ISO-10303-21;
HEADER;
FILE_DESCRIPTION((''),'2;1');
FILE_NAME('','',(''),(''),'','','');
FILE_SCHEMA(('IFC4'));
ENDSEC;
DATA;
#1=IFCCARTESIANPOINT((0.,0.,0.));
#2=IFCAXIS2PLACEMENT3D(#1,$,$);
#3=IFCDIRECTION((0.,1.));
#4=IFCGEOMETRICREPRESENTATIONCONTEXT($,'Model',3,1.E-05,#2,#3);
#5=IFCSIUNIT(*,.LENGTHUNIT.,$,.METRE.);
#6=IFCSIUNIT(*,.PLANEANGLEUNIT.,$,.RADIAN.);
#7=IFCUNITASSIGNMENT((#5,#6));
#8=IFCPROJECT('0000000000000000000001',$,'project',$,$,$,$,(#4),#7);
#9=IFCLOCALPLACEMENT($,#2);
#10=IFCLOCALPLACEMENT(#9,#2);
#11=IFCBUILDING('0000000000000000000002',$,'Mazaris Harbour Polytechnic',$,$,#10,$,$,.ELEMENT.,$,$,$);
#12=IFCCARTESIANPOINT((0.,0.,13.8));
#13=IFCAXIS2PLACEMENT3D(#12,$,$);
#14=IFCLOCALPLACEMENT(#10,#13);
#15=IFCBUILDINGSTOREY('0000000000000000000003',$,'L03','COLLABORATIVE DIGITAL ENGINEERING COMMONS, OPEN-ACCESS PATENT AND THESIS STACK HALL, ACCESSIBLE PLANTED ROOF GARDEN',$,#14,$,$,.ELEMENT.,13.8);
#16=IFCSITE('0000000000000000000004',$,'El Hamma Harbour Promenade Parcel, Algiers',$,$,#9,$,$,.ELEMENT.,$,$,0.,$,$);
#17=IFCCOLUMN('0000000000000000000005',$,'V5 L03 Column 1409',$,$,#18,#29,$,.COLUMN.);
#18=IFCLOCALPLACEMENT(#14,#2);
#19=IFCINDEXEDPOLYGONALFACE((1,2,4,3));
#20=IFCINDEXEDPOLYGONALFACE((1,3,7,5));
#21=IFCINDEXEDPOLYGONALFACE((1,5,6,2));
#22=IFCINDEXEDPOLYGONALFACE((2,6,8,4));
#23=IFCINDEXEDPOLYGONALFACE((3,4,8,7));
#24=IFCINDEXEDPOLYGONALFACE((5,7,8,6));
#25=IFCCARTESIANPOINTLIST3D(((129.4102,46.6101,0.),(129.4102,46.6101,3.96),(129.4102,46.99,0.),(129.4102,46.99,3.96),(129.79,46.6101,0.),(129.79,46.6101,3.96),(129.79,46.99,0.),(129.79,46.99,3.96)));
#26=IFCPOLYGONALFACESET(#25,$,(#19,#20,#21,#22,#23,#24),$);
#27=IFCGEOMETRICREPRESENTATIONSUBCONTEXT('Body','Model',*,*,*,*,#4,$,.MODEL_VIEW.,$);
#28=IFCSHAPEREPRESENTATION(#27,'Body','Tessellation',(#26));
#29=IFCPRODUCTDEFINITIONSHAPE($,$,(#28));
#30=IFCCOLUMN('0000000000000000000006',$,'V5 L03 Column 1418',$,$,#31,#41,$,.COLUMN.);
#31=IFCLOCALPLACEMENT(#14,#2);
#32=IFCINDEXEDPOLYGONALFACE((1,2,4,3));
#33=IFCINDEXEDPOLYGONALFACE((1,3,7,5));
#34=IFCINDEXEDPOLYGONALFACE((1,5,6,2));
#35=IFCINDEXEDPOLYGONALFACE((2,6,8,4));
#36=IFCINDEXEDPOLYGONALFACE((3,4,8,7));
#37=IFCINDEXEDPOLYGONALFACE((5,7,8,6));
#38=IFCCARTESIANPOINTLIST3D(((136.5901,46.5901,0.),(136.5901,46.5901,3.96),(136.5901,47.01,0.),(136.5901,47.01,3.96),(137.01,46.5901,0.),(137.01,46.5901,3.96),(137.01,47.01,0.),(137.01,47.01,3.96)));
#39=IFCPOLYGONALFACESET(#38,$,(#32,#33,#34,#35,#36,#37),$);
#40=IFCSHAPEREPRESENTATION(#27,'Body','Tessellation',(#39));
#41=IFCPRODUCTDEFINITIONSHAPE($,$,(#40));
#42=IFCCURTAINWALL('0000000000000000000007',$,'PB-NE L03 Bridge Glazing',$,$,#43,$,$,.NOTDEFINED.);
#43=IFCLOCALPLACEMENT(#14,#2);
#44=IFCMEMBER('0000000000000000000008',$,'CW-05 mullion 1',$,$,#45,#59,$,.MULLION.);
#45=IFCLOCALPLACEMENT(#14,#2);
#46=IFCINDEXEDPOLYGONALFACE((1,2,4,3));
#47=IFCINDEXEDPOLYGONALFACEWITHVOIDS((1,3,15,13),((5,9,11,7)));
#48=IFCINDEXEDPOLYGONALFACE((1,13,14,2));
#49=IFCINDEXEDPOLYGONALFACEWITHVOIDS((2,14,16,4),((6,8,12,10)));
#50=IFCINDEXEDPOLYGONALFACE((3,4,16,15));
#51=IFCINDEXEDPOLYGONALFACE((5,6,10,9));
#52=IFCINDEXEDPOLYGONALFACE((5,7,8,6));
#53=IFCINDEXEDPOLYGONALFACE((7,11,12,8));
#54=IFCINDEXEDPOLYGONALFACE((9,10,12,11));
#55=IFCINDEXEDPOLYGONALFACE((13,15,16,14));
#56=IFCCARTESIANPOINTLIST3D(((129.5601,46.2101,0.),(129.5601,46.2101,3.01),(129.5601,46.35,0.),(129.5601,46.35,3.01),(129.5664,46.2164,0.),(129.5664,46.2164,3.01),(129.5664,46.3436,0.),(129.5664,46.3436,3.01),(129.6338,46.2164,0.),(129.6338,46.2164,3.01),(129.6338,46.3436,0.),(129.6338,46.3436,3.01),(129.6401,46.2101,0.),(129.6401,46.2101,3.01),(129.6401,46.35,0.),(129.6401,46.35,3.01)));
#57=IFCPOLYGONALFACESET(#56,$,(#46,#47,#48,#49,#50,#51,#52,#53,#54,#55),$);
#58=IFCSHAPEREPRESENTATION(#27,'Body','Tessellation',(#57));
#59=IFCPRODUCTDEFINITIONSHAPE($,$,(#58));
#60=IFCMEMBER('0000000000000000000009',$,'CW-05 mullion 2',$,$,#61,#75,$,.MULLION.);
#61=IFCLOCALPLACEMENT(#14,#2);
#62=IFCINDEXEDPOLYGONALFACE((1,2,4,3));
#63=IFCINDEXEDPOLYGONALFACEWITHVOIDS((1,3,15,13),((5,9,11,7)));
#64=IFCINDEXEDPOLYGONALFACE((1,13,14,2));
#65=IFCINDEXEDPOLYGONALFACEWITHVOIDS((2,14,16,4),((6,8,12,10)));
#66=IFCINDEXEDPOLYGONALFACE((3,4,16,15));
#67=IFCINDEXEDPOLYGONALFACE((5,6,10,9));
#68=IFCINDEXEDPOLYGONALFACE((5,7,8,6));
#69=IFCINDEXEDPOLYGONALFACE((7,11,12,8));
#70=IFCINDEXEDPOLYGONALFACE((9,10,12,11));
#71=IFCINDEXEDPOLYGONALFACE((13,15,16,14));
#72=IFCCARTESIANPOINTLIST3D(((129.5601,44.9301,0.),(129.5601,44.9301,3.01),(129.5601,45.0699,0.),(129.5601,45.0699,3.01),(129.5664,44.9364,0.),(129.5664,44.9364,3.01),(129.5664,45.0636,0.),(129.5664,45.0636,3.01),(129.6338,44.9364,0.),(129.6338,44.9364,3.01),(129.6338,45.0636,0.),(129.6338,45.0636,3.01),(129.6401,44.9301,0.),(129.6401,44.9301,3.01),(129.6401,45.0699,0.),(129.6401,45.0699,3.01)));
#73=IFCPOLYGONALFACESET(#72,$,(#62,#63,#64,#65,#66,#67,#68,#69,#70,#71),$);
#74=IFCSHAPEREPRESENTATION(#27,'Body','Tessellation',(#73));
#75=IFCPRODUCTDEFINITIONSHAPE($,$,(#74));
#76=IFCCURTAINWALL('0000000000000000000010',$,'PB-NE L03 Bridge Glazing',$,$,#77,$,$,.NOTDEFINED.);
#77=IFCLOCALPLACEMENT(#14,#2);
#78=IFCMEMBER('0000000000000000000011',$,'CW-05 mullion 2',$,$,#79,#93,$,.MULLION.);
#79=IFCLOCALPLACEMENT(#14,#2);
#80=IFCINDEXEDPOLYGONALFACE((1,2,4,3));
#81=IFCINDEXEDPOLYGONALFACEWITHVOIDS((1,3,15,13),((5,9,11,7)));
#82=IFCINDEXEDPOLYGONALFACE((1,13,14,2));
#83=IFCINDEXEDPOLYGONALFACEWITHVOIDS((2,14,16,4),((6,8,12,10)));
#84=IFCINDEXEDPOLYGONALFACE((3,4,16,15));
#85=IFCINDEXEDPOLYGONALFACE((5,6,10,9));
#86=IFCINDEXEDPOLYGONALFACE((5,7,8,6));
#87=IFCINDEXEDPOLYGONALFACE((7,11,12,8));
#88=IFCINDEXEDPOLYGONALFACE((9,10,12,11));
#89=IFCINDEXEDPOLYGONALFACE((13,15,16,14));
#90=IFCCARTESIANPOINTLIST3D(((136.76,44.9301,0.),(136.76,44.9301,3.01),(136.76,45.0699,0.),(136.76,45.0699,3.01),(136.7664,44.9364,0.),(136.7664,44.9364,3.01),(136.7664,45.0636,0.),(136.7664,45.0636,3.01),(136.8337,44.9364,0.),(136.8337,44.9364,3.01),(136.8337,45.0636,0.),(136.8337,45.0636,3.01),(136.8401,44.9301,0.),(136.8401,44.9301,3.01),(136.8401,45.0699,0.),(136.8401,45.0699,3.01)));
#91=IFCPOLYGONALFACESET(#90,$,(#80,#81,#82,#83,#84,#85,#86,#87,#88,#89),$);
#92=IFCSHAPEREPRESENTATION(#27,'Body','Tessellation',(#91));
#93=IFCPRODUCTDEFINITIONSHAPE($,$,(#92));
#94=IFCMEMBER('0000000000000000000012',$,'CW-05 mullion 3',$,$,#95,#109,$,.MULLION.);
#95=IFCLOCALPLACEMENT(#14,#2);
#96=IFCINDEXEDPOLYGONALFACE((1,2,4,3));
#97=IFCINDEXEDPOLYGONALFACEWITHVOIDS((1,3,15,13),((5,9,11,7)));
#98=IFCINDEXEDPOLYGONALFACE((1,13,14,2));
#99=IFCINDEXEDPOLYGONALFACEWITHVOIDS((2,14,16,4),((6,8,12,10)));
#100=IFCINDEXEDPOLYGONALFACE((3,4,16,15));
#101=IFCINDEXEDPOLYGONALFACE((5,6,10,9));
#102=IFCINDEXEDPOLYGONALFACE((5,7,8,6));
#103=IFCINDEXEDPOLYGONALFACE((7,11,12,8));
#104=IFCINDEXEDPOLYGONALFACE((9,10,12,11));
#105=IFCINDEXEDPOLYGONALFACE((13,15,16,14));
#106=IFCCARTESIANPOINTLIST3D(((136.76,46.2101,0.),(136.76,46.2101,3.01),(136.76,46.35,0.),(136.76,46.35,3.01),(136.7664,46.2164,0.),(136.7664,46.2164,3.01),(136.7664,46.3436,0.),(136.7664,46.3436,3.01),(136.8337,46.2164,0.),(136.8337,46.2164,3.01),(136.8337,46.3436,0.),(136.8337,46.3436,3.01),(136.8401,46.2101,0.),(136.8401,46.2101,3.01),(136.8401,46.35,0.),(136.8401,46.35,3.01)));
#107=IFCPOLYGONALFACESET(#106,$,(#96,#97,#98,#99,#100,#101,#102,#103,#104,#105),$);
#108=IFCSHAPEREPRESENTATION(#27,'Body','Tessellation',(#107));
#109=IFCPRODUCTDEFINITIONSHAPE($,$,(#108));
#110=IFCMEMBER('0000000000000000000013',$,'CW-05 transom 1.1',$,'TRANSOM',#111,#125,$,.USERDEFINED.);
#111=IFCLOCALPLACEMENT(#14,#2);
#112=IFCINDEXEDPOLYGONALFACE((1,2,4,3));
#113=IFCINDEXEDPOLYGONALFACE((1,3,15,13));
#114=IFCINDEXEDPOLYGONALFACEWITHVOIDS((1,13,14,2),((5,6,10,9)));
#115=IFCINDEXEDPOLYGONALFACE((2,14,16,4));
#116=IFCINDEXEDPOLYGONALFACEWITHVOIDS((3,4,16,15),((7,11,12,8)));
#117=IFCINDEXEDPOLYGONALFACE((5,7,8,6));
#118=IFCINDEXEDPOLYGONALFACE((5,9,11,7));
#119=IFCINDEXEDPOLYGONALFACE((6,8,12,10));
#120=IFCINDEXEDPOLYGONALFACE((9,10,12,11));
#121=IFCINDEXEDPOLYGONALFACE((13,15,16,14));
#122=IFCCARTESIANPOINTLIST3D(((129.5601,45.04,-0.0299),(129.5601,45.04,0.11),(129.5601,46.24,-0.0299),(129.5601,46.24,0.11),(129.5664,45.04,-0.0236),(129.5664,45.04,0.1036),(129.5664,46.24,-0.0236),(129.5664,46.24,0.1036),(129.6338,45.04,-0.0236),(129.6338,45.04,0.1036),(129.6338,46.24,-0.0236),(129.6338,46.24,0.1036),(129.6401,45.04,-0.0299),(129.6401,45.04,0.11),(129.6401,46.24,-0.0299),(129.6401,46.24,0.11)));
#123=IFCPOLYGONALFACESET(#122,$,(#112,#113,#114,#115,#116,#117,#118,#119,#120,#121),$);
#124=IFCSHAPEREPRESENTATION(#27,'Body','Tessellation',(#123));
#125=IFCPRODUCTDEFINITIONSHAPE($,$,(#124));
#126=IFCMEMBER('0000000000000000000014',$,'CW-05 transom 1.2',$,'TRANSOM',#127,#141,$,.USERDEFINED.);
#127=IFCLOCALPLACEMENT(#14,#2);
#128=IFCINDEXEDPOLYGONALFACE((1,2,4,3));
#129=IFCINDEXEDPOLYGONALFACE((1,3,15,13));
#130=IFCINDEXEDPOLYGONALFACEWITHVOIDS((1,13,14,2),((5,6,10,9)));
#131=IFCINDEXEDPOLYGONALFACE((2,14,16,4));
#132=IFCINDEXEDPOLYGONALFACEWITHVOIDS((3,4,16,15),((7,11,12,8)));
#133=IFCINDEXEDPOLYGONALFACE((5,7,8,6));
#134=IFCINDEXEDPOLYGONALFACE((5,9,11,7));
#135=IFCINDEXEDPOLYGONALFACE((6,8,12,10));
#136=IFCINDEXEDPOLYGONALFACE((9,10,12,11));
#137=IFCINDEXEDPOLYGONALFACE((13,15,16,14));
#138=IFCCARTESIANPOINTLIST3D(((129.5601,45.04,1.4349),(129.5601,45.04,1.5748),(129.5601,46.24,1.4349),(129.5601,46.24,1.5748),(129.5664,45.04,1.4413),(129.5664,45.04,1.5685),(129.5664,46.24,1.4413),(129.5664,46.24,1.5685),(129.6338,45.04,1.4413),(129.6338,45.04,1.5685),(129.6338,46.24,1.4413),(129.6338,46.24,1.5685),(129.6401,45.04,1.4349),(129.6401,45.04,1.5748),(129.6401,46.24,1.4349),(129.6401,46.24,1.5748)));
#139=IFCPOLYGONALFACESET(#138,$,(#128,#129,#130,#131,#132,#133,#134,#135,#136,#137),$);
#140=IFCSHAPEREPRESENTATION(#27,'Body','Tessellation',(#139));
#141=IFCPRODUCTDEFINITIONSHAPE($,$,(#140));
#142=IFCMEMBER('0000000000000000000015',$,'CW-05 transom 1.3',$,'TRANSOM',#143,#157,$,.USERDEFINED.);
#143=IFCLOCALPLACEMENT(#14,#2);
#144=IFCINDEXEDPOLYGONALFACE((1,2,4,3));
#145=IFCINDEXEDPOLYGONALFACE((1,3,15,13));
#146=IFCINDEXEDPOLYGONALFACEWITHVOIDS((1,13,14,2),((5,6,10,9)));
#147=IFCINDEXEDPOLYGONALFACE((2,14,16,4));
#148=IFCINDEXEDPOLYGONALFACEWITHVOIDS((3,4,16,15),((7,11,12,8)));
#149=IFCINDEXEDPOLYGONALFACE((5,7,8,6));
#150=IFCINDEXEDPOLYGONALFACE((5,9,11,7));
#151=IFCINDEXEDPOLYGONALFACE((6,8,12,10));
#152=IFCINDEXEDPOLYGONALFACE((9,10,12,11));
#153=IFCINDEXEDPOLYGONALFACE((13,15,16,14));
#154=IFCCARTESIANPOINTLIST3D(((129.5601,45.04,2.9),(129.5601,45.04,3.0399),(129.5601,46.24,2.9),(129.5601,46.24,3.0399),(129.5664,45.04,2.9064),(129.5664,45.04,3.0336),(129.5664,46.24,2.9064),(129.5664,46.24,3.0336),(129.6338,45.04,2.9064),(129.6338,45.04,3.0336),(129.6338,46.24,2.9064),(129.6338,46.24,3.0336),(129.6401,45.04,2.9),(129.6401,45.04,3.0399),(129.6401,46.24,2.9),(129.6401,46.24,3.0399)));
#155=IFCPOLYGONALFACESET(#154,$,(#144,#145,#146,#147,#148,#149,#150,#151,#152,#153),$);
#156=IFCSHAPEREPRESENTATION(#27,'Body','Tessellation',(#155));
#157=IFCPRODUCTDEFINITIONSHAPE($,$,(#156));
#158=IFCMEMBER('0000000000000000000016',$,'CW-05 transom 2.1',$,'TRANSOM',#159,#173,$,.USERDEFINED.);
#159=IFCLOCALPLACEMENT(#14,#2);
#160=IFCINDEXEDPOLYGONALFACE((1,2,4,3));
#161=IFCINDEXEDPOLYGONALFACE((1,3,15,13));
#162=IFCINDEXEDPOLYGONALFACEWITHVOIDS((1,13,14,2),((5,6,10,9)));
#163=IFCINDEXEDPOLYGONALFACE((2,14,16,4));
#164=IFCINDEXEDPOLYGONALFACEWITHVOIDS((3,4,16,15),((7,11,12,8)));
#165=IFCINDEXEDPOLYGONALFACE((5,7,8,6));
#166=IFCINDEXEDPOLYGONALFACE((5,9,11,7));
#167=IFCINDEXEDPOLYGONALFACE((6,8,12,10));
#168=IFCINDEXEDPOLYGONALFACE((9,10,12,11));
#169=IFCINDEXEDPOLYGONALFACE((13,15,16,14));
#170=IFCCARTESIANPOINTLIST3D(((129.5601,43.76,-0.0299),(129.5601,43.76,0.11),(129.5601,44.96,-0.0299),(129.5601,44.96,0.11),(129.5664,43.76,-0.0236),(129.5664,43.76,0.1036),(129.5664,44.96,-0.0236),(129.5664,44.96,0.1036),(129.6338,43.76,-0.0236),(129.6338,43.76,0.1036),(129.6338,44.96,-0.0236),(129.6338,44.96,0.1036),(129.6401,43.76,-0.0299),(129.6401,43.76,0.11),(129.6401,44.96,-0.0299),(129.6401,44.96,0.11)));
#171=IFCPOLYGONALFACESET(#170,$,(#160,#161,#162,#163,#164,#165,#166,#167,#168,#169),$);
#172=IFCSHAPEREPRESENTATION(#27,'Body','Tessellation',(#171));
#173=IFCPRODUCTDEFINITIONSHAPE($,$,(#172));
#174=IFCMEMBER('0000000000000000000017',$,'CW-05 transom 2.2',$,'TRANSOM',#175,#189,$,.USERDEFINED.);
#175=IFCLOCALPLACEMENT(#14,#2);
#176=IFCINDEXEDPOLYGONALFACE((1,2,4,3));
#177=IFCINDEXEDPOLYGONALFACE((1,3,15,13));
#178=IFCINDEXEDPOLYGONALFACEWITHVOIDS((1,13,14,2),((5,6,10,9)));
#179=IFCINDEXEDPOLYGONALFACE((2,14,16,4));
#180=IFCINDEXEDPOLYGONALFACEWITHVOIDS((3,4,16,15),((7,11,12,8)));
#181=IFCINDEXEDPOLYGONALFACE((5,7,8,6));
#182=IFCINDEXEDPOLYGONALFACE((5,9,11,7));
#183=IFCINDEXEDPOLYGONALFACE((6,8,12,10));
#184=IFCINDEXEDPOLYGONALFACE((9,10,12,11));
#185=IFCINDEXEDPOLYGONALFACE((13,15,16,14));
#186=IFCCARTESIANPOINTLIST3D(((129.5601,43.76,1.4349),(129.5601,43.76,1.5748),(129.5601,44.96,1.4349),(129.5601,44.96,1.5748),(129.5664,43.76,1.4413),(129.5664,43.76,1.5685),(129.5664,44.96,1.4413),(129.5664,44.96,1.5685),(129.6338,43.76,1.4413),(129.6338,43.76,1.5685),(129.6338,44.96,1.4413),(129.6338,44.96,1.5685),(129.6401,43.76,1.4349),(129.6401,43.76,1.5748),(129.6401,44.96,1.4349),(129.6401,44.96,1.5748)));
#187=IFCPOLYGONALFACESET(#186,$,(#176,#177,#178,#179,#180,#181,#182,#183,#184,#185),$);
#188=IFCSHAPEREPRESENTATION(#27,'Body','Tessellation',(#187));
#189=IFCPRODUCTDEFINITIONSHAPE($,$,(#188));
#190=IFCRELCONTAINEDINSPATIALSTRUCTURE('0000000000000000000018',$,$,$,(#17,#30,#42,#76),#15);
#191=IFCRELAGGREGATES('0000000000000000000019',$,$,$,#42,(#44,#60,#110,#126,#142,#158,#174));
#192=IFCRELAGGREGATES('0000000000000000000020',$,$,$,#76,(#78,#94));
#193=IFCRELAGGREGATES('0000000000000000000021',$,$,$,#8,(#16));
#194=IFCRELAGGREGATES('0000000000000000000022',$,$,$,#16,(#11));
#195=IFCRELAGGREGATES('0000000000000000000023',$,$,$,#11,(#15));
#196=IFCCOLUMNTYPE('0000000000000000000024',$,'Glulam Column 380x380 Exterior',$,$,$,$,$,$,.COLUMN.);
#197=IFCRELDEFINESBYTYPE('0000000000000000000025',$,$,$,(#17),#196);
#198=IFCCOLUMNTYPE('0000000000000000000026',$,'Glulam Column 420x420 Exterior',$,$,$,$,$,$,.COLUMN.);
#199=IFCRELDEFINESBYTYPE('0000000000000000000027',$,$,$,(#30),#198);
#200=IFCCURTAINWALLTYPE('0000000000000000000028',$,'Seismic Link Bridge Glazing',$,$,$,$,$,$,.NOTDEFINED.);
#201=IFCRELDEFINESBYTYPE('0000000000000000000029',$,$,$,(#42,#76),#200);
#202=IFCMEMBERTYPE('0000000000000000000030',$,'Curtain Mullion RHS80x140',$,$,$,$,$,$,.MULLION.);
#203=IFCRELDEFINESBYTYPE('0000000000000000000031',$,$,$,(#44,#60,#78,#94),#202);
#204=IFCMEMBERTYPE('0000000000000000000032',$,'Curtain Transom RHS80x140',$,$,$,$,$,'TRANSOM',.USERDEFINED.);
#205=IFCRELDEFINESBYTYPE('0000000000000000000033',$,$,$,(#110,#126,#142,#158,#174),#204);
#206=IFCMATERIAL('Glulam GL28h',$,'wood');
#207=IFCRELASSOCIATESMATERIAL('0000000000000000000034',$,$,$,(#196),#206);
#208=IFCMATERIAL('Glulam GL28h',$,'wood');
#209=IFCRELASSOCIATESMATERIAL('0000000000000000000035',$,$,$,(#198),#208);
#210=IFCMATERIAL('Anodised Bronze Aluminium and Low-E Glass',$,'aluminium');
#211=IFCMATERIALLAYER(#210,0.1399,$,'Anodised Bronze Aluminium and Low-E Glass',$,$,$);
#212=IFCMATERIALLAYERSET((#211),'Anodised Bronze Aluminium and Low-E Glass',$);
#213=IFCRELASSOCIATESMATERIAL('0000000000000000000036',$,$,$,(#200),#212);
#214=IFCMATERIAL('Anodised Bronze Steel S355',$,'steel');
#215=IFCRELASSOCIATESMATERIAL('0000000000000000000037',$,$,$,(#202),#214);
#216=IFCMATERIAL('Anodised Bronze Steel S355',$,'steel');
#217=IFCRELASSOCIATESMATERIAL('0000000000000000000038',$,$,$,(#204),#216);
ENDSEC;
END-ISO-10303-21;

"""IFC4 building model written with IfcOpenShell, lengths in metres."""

from ifc_helpers import new_model, si_unit, direction, frame, origin, origin_2d, place, context, subcontext, project, spatial, rectangle, hollow_rectangle, extrude, material, layer, layer_set, material_profile, profile_set, type_object, element, aggregate, save


model = new_model("IFC4")

# Units and contexts
model_context = context("Model", 3, precision=1e-05, world=origin(), true_north=direction((0.0, 1.0)))
body_context = subcontext(model_context, "Body", "Model", "MODEL_VIEW")
ifc_project = project(units=[si_unit("LENGTHUNIT", "METRE"), si_unit("PLANEANGLEUNIT", "RADIAN")], contexts=[model_context])

# Site, building, storey
site_placement = place(None, origin())
site = spatial("IfcSite", under=ifc_project, at=site_placement, Name="El Hamma Harbour Promenade Parcel, Algiers", CompositionType="ELEMENT", RefElevation=0.0)
building_placement = place(site_placement, origin())
building = spatial("IfcBuilding", under=site, at=building_placement, Name="Mazaris Harbour Polytechnic", CompositionType="ELEMENT")
storey_placement = place(building_placement, frame((0.0, 0.0, 13.8)))
storey = spatial("IfcBuildingStorey", under=building, at=storey_placement, Name="L03", Description="COLLABORATIVE DIGITAL ENGINEERING COMMONS, OPEN-ACCESS PATENT AND THESIS STACK HALL, ACCESSIBLE PLANTED ROOF GARDEN", CompositionType="ELEMENT", Elevation=13.8)

# Columns
ifc_material_1 = material(Name="Glulam GL28h", Category="wood")
ifc_material_profile_1 = material_profile(ifc_material_1, rectangle(XDim=0.3799, YDim=0.3799, at=origin_2d()), Name="RECT380x380")
ifc_profile_set_1 = profile_set([ifc_material_profile_1], Name="Glulam GL28h")
column_type_1 = type_object("IfcColumnType", Name="Glulam Column 380x380 Exterior", PredefinedType="COLUMN", material=ifc_profile_set_1)
column_1_placement = place(storey_placement, frame((129.6001, 46.8, 0.0), z_axis=(0.0, 0.0, 1.0), x_axis=(1.0, 0.0, 0.0)))
element("IfcColumn", 1, at=column_1_placement, inside=storey, type_object=column_type_1, Name="V5 L03 Column 1409", PredefinedType="COLUMN", context=body_context, shape_type="SweptSolid", body=[
    extrude(rectangle(XDim=0.3799, YDim=0.3799, at=origin_2d()), origin(), (0.0, 0.0, 1.0), 3.96),
])
ifc_material_2 = material(Name="Glulam GL28h", Category="wood")
ifc_material_profile_2 = material_profile(ifc_material_2, rectangle(XDim=0.4199, YDim=0.4199, at=origin_2d()), Name="RECT420x420")
ifc_profile_set_2 = profile_set([ifc_material_profile_2], Name="Glulam GL28h")
column_type_2 = type_object("IfcColumnType", Name="Glulam Column 420x420 Exterior", PredefinedType="COLUMN", material=ifc_profile_set_2)
column_2_placement = place(storey_placement, frame((136.8, 46.8, 0.0), z_axis=(0.0, 0.0, 1.0), x_axis=(1.0, 0.0, 0.0)))
element("IfcColumn", 2, at=column_2_placement, inside=storey, type_object=column_type_2, Name="V5 L03 Column 1418", PredefinedType="COLUMN", context=body_context, shape_type="SweptSolid", body=[
    extrude(rectangle(XDim=0.4199, YDim=0.4199, at=origin_2d()), origin(), (0.0, 0.0, 1.0), 3.96),
])

# Curtain walls, members
ifc_material_3 = material(Name="Anodised Bronze Aluminium and Low-E Glass", Category="aluminium")
ifc_layer_1 = layer(ifc_material_3, 0.1399, Name="Anodised Bronze Aluminium and Low-E Glass")
ifc_layer_set_1 = layer_set([ifc_layer_1], Name="Anodised Bronze Aluminium and Low-E Glass")
curtain_wall_type = type_object("IfcCurtainWallType", Name="Seismic Link Bridge Glazing", PredefinedType="NOTDEFINED", material=ifc_layer_set_1)
curtain_wall_1_placement = place(storey_placement, origin())
curtain_wall_1 = element("IfcCurtainWall", 3, at=curtain_wall_1_placement, inside=storey, type_object=curtain_wall_type, Name="PB-NE L03 Bridge Glazing", PredefinedType="NOTDEFINED")
ifc_material_4 = material(Name="Anodised Bronze Steel S355", Category="steel")
ifc_material_profile_3 = material_profile(ifc_material_4, hollow_rectangle(XDim=0.0801, YDim=0.1399, WallThickness=0.0063, at=origin_2d()), Name="RHS 80x140x6.3")
ifc_profile_set_3 = profile_set([ifc_material_profile_3], Name="Anodised Bronze Steel S355")
member_type_1 = type_object("IfcMemberType", Name="Curtain Mullion RHS80x140", PredefinedType="MULLION", material=ifc_profile_set_3)
member_1_placement = place(storey_placement, frame((129.6001, 46.28, 0.0), z_axis=(0.0, 0.0, 1.0), x_axis=(1.0, 0.0, 0.0)))
member_1 = element("IfcMember", 4, at=member_1_placement, type_object=member_type_1, Name="CW-05 mullion 1", PredefinedType="MULLION", context=body_context, shape_type="SweptSolid", body=[
    extrude(hollow_rectangle(XDim=0.0801, YDim=0.1399, WallThickness=0.0063, at=origin_2d()), origin(), (0.0, 0.0, 1.0), 3.01),
])
member_2_placement = place(storey_placement, frame((129.6001, 45.0, 0.0), z_axis=(0.0, 0.0, 1.0), x_axis=(1.0, 0.0, 0.0)))
member_2 = element("IfcMember", 5, at=member_2_placement, type_object=member_type_1, Name="CW-05 mullion 2", PredefinedType="MULLION", context=body_context, shape_type="SweptSolid", body=[
    extrude(hollow_rectangle(XDim=0.0801, YDim=0.1399, WallThickness=0.0063, at=origin_2d()), origin(), (0.0, 0.0, 1.0), 3.01),
])
curtain_wall_2_placement = place(storey_placement, origin())
curtain_wall_2 = element("IfcCurtainWall", 6, at=curtain_wall_2_placement, inside=storey, type_object=curtain_wall_type, Name="PB-NE L03 Bridge Glazing", PredefinedType="NOTDEFINED")
member_3_placement = place(storey_placement, frame((136.8, 45.0, 0.0), z_axis=(0.0, 0.0, 1.0), x_axis=(-1.0, 0.0, 0.0)))
member_3 = element("IfcMember", 7, at=member_3_placement, type_object=member_type_1, Name="CW-05 mullion 2", PredefinedType="MULLION", context=body_context, shape_type="SweptSolid", body=[
    extrude(hollow_rectangle(XDim=0.0801, YDim=0.1399, WallThickness=0.0063, at=origin_2d()), origin(), (0.0, 0.0, 1.0), 3.01),
])
member_4_placement = place(storey_placement, frame((136.8, 46.28, 0.0), z_axis=(0.0, 0.0, 1.0), x_axis=(-1.0, 0.0, 0.0)))
member_4 = element("IfcMember", 8, at=member_4_placement, type_object=member_type_1, Name="CW-05 mullion 3", PredefinedType="MULLION", context=body_context, shape_type="SweptSolid", body=[
    extrude(hollow_rectangle(XDim=0.0801, YDim=0.1399, WallThickness=0.0063, at=origin_2d()), origin(), (0.0, 0.0, 1.0), 3.01),
])

# Members
ifc_material_5 = material(Name="Anodised Bronze Steel S355", Category="steel")
ifc_material_profile_4 = material_profile(ifc_material_5, hollow_rectangle(XDim=0.0801, YDim=0.1399, WallThickness=0.0063, at=origin_2d()), Name="RHS 80x140x6.3")
ifc_profile_set_4 = profile_set([ifc_material_profile_4], Name="Anodised Bronze Steel S355")
member_type_2 = type_object("IfcMemberType", Name="Curtain Transom RHS80x140", ElementType="TRANSOM", PredefinedType="USERDEFINED", material=ifc_profile_set_4)
member_5_placement = place(storey_placement, frame((129.6001, 46.24, 0.04), z_axis=(0.0, -1.0, 0.0), x_axis=(1.0, 0.0, 0.0)))
member_5 = element("IfcMember", 9, at=member_5_placement, type_object=member_type_2, Name="CW-05 transom 1.1", ObjectType="TRANSOM", PredefinedType="USERDEFINED", context=body_context, shape_type="SweptSolid", body=[
    extrude(hollow_rectangle(XDim=0.0801, YDim=0.1399, WallThickness=0.0063, at=origin_2d()), origin(), (0.0, 0.0, 1.0), 1.2),
])
member_6_placement = place(storey_placement, frame((129.6001, 46.24, 1.5049), z_axis=(0.0, -1.0, 0.0), x_axis=(1.0, 0.0, 0.0)))
member_6 = element("IfcMember", 10, at=member_6_placement, type_object=member_type_2, Name="CW-05 transom 1.2", ObjectType="TRANSOM", PredefinedType="USERDEFINED", context=body_context, shape_type="SweptSolid", body=[
    extrude(hollow_rectangle(XDim=0.0801, YDim=0.1399, WallThickness=0.0063, at=origin_2d()), origin(), (0.0, 0.0, 1.0), 1.2),
])
member_7_placement = place(storey_placement, frame((129.6001, 46.24, 2.97), z_axis=(0.0, -1.0, 0.0), x_axis=(1.0, 0.0, 0.0)))
member_7 = element("IfcMember", 11, at=member_7_placement, type_object=member_type_2, Name="CW-05 transom 1.3", ObjectType="TRANSOM", PredefinedType="USERDEFINED", context=body_context, shape_type="SweptSolid", body=[
    extrude(hollow_rectangle(XDim=0.0801, YDim=0.1399, WallThickness=0.0063, at=origin_2d()), origin(), (0.0, 0.0, 1.0), 1.2),
])
member_8_placement = place(storey_placement, frame((129.6001, 44.96, 0.04), z_axis=(0.0, -1.0, 0.0), x_axis=(1.0, 0.0, 0.0)))
member_8 = element("IfcMember", 12, at=member_8_placement, type_object=member_type_2, Name="CW-05 transom 2.1", ObjectType="TRANSOM", PredefinedType="USERDEFINED", context=body_context, shape_type="SweptSolid", body=[
    extrude(hollow_rectangle(XDim=0.0801, YDim=0.1399, WallThickness=0.0063, at=origin_2d()), origin(), (0.0, 0.0, 1.0), 1.2),
])
member_9_placement = place(storey_placement, frame((129.6001, 44.96, 1.5049), z_axis=(0.0, -1.0, 0.0), x_axis=(1.0, 0.0, 0.0)))
member_9 = element("IfcMember", 13, at=member_9_placement, type_object=member_type_2, Name="CW-05 transom 2.2", ObjectType="TRANSOM", PredefinedType="USERDEFINED", context=body_context, shape_type="SweptSolid", body=[
    extrude(hollow_rectangle(XDim=0.0801, YDim=0.1399, WallThickness=0.0063, at=origin_2d()), origin(), (0.0, 0.0, 1.0), 1.2),
])

aggregate(curtain_wall_1, [member_1, member_2, member_5, member_6, member_7, member_8, member_9])
aggregate(curtain_wall_2, [member_3, member_4])

save(model, "model.ifc")
